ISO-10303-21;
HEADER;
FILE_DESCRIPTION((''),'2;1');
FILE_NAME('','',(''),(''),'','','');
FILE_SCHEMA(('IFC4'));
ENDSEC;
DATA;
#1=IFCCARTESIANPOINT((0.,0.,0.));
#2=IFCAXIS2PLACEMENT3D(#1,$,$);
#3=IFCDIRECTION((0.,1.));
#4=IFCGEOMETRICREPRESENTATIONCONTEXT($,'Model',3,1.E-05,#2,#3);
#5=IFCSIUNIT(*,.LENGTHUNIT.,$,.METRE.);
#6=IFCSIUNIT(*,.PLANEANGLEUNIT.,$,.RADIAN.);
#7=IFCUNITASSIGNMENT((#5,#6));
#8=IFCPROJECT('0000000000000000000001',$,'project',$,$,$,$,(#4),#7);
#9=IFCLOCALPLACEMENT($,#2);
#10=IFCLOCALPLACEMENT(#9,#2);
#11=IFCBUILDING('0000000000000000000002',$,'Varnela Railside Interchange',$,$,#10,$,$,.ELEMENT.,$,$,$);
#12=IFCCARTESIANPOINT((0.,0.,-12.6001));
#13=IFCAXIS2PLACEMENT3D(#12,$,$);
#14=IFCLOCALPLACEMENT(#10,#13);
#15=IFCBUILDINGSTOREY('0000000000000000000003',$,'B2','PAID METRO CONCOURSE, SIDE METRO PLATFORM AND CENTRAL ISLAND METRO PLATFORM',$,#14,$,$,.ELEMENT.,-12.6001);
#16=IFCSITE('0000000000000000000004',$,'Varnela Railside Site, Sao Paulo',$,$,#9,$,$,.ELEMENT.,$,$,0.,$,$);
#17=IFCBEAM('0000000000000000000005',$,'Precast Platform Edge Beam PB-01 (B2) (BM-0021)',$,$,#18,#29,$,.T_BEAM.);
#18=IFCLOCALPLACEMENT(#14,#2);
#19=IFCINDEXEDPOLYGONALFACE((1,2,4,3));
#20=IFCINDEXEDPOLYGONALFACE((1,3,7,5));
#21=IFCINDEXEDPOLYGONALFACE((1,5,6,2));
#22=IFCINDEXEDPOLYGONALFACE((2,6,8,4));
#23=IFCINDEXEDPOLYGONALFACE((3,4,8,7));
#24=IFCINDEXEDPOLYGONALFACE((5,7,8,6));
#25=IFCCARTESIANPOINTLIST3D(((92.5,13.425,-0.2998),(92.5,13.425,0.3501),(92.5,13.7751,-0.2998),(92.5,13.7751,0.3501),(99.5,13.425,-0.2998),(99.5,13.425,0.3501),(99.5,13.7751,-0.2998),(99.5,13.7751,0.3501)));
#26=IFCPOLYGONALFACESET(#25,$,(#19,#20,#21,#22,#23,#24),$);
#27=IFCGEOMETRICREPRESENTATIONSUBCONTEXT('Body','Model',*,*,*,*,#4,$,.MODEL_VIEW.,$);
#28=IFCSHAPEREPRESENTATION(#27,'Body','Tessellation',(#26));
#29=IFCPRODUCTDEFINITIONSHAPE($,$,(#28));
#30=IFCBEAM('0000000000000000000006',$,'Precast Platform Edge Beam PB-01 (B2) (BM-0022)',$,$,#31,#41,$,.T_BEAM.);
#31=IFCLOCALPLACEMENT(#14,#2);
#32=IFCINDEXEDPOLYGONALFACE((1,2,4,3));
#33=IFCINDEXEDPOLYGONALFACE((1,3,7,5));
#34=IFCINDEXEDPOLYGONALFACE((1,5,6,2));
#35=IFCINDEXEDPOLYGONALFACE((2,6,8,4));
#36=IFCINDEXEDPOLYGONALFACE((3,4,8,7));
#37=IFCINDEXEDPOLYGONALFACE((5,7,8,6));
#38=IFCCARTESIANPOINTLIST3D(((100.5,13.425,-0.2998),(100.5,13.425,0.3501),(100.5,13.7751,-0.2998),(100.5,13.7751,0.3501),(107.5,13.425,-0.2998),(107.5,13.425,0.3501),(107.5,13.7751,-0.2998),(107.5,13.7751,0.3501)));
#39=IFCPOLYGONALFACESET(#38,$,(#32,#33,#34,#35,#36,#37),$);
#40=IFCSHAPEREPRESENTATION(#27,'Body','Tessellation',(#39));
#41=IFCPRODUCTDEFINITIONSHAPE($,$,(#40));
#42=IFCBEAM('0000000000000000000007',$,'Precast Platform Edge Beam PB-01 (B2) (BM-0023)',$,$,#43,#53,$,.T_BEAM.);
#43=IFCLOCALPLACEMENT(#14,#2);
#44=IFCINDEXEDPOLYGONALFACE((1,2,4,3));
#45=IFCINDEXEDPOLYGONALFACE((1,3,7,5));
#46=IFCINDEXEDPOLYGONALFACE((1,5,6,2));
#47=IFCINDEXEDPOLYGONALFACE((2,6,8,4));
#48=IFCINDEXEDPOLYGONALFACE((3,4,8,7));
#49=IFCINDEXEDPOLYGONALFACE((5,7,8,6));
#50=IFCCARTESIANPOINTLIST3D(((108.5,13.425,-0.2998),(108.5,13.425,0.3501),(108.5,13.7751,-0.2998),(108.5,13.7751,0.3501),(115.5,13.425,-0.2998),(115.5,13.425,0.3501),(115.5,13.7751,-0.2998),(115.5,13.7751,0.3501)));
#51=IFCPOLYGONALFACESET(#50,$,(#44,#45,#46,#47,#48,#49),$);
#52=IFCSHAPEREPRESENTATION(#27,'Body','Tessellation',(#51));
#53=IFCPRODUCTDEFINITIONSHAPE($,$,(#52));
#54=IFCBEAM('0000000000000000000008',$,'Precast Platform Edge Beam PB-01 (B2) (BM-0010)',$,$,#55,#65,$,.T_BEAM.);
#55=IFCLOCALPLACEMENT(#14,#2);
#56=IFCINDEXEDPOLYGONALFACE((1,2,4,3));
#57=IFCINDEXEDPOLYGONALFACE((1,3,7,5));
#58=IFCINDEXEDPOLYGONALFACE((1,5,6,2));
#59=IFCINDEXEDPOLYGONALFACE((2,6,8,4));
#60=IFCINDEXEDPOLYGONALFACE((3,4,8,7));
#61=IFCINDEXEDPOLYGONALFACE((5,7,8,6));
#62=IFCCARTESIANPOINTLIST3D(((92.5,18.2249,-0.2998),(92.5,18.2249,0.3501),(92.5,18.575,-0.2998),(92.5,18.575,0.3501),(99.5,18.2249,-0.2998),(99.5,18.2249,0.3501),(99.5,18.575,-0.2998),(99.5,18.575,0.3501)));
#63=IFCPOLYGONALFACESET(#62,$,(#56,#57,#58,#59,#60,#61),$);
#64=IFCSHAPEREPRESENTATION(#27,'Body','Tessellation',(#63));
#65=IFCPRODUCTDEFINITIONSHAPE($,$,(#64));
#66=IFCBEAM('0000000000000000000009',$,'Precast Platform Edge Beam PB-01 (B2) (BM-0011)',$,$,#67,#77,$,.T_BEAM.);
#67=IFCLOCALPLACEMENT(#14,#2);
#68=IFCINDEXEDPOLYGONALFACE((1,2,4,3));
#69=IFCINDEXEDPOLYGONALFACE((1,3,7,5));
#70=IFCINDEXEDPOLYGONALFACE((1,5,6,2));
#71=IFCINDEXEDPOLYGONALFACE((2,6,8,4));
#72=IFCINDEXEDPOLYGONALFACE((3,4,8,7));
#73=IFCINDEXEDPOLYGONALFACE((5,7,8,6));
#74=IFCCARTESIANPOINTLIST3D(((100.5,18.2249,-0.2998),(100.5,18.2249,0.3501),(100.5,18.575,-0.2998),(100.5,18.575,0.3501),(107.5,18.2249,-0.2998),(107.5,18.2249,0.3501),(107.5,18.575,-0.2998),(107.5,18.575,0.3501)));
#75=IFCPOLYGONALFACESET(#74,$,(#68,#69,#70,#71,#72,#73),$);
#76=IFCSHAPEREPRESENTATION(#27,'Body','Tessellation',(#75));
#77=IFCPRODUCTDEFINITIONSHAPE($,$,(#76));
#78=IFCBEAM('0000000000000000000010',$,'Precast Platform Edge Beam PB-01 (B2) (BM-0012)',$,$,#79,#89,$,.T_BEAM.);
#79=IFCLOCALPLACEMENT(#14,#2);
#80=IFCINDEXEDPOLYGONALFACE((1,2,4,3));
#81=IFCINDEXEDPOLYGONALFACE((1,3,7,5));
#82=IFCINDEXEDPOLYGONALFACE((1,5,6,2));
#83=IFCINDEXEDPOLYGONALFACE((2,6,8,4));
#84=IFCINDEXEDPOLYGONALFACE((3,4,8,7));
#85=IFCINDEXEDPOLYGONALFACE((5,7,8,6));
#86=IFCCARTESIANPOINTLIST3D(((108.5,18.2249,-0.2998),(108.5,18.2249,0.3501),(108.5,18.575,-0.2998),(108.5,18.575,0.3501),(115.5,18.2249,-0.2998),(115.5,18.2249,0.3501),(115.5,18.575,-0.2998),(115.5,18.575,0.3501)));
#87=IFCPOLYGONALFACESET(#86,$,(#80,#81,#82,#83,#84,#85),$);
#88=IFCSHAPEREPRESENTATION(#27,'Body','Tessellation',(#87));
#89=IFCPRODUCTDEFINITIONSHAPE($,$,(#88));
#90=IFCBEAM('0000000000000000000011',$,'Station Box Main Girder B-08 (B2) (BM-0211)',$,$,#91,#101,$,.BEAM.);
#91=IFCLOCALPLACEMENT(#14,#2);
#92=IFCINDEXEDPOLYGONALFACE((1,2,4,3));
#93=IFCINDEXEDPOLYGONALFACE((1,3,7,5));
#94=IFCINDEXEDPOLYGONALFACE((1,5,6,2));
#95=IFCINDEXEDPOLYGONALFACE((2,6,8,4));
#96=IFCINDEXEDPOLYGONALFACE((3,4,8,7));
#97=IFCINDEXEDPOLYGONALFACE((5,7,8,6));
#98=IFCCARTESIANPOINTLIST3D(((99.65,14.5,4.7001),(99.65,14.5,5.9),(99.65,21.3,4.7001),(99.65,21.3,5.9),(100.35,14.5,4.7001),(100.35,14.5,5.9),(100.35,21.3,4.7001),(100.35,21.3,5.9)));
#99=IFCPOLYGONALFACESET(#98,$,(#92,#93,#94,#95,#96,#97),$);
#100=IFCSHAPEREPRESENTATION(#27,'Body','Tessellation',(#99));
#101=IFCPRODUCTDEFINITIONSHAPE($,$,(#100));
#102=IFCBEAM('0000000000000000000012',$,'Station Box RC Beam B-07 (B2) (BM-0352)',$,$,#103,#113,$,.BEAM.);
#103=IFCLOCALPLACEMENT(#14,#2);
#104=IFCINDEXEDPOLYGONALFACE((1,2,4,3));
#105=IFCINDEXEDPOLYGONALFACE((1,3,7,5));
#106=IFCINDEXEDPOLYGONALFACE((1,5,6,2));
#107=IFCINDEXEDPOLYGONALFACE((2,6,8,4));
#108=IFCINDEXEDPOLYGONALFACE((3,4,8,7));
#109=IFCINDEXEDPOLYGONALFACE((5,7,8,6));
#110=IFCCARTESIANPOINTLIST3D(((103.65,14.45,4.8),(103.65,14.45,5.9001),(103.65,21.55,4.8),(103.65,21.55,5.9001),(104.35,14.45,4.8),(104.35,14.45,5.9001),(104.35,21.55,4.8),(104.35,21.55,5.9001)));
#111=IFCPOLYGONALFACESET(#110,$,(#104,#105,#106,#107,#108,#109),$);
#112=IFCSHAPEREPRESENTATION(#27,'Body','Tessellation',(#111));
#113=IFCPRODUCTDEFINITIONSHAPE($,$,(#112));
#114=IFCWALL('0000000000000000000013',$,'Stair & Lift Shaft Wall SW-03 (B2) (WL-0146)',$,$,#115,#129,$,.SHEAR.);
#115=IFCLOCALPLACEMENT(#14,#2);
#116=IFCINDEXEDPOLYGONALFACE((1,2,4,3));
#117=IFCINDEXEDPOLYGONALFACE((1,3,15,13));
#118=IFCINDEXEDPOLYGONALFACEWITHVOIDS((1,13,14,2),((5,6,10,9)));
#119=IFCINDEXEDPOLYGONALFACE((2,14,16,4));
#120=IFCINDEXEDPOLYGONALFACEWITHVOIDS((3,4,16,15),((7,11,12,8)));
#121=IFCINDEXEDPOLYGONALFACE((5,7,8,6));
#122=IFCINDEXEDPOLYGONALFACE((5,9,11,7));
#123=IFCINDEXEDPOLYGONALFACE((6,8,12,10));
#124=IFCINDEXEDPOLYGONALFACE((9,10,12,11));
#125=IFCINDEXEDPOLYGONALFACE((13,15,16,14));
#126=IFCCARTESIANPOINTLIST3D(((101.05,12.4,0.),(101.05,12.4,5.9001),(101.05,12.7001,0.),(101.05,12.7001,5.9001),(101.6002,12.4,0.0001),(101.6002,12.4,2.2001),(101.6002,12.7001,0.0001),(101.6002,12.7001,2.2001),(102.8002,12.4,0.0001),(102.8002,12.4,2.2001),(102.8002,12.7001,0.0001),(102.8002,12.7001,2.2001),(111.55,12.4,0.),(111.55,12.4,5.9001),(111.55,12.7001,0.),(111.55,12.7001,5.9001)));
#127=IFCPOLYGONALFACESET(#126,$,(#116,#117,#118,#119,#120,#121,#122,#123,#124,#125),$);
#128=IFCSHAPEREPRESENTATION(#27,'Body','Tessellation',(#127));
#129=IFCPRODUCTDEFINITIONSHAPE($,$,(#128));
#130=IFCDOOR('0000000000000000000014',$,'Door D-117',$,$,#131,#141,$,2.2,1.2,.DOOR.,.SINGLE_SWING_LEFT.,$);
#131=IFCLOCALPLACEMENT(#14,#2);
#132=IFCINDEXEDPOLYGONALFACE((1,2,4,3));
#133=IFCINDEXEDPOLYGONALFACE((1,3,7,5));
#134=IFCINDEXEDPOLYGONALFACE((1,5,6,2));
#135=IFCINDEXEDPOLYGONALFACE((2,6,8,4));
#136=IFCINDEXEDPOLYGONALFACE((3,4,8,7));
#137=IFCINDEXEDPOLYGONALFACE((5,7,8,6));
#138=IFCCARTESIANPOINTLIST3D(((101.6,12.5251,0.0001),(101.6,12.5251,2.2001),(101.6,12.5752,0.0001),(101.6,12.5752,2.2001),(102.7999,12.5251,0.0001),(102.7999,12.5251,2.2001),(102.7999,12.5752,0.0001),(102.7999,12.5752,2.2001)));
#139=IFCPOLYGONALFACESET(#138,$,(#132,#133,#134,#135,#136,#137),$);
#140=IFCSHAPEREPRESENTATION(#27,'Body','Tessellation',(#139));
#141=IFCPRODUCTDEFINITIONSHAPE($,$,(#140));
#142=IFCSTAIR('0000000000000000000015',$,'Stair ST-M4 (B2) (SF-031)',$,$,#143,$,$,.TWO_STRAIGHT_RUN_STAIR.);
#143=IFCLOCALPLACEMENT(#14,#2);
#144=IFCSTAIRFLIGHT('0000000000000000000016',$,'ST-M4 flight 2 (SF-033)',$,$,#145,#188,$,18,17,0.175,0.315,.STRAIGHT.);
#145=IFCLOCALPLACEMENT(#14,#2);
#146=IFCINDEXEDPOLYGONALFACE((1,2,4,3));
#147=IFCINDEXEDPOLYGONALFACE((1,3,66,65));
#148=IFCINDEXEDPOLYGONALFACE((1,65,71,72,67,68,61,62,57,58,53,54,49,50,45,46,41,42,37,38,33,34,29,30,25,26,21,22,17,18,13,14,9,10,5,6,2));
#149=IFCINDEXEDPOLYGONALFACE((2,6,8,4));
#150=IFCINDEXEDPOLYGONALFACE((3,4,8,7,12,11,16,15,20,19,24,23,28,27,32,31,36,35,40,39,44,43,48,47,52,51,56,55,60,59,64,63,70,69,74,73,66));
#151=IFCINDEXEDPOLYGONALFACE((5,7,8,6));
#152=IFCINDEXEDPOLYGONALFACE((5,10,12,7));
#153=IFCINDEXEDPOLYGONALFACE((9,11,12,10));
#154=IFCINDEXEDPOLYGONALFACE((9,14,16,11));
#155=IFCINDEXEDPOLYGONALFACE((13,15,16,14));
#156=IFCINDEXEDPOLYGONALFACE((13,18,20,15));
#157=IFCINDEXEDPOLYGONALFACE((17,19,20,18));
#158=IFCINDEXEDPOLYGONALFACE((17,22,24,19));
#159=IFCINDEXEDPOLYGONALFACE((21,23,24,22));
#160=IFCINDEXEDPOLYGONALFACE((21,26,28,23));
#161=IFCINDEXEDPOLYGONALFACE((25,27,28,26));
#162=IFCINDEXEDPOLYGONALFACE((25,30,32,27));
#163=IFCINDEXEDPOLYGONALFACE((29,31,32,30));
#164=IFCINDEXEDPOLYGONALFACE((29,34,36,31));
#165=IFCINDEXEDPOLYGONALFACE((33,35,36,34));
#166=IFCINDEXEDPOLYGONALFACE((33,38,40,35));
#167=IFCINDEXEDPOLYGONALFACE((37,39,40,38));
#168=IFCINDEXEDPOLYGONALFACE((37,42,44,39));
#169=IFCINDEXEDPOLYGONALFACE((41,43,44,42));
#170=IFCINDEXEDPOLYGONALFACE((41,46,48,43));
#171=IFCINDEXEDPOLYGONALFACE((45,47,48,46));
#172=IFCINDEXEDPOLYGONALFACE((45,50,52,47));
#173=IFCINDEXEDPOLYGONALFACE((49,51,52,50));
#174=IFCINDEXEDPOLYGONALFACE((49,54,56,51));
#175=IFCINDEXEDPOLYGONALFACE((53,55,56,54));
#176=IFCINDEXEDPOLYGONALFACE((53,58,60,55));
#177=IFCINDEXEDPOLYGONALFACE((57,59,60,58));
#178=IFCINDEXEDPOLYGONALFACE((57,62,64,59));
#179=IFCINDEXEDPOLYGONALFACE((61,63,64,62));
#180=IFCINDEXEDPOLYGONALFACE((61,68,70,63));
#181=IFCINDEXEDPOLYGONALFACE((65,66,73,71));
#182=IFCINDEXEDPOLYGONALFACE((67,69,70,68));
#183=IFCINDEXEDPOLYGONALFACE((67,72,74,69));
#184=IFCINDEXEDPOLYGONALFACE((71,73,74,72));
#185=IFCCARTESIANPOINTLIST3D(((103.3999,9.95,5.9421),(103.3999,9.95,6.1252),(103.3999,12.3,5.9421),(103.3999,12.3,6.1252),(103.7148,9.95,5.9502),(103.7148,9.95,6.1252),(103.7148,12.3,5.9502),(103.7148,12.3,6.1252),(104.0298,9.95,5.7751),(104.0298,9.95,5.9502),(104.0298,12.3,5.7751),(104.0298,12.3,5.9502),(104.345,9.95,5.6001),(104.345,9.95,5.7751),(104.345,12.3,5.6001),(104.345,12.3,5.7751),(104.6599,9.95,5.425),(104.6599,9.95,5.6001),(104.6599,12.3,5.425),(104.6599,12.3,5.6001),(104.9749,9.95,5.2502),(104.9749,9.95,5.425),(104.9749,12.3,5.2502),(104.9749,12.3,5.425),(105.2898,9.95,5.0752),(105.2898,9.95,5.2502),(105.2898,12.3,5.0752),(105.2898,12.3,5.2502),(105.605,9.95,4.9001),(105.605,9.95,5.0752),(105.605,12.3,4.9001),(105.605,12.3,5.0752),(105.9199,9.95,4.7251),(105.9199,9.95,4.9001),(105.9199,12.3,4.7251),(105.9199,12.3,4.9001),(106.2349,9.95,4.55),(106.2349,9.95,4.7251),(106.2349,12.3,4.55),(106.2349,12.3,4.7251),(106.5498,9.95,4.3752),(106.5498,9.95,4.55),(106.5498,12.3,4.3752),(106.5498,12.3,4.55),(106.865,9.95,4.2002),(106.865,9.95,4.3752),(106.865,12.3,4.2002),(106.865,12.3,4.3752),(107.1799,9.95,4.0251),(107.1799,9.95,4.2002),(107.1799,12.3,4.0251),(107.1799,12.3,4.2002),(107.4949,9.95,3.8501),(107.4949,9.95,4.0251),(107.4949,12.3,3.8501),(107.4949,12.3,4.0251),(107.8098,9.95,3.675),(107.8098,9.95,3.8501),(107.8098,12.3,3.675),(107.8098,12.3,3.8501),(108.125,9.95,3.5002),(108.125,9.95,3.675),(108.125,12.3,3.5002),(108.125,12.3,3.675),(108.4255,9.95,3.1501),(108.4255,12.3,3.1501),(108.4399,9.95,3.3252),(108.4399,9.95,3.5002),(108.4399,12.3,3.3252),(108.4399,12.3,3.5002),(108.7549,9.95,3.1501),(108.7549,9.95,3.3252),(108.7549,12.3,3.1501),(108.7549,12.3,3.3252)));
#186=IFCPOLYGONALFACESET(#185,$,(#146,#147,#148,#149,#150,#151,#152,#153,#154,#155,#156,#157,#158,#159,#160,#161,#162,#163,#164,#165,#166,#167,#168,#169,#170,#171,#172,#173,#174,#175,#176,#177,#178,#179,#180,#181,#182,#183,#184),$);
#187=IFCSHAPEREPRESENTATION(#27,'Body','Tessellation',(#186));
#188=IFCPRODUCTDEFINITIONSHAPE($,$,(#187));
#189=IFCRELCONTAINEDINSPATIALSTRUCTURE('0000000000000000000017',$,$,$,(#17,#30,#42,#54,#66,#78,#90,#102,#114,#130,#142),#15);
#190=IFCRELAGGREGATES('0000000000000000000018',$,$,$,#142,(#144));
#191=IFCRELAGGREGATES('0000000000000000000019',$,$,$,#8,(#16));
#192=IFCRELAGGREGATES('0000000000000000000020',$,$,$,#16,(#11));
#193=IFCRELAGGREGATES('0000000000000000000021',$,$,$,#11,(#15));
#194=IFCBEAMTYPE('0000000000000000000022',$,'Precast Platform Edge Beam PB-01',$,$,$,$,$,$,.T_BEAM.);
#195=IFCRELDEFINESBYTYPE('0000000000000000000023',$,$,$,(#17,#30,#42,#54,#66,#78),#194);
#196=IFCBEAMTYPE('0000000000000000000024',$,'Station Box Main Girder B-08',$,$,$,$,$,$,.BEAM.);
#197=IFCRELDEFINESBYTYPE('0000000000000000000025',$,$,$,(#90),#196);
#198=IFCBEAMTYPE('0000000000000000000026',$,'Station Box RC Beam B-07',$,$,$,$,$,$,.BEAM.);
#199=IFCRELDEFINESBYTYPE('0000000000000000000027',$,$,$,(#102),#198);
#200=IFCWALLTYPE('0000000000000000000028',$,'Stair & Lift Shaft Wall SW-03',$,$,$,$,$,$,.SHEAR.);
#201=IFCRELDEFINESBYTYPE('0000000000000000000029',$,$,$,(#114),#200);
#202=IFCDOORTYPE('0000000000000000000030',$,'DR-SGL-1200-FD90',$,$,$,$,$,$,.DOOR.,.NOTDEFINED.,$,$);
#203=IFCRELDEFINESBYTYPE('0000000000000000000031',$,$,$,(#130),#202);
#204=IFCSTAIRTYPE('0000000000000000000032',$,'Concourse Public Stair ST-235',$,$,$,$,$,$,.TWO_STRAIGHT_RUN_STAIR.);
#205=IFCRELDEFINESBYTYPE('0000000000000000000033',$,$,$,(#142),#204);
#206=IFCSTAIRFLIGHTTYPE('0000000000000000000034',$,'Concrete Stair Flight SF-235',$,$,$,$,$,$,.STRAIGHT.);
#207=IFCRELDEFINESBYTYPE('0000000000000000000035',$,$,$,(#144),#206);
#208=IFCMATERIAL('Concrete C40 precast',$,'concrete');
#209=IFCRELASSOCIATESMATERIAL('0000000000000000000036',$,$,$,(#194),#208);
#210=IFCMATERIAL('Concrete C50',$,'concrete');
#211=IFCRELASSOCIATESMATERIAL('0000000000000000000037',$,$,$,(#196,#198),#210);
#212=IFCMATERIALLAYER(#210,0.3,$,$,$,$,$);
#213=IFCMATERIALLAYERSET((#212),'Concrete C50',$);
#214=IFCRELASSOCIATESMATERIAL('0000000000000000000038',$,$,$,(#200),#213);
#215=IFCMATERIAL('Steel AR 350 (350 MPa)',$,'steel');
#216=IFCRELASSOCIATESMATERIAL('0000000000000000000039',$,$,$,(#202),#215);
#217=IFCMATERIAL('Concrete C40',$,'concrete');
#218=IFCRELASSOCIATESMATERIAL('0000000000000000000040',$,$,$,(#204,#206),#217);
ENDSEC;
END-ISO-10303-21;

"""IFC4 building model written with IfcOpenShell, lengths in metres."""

from ifc_helpers import new_model, si_unit, direction, frame, frame_2d, origin, origin_2d, place, context, subcontext, project, spatial, polyline, rectangle, outline, extrude, material, layer, layer_set, material_profile, profile_set, type_object, element, fill, aggregate, save


model = new_model("IFC4")

# Units and contexts
model_context = context("Model", 3, precision=1e-05, world=origin(), true_north=direction((0.0, 1.0)))
body_context = subcontext(model_context, "Body", "Model", "MODEL_VIEW")
ifc_project = project(units=[si_unit("LENGTHUNIT", "METRE"), si_unit("PLANEANGLEUNIT", "RADIAN")], contexts=[model_context])

# Site, building, storey
site_placement = place(None, origin())
site = spatial("IfcSite", under=ifc_project, at=site_placement, Name="Varnela Railside Site, Sao Paulo", CompositionType="ELEMENT", RefElevation=0.0)
building_placement = place(site_placement, origin())
building = spatial("IfcBuilding", under=site, at=building_placement, Name="Varnela Railside Interchange", CompositionType="ELEMENT")
storey_placement = place(building_placement, frame((0.0, 0.0, -12.6001)))
storey = spatial("IfcBuildingStorey", under=building, at=storey_placement, Name="B2", Description="PAID METRO CONCOURSE, SIDE METRO PLATFORM AND CENTRAL ISLAND METRO PLATFORM", CompositionType="ELEMENT", Elevation=-12.6001)

# Shared definitions
ifc_material_1 = material(Name="Concrete C40", Category="concrete")

# Shared definitions
ifc_material_2 = material(Name="Concrete C50", Category="concrete")

# Beams
ifc_material_3 = material(Name="Concrete C40 precast", Category="concrete")
ifc_material_profile_1 = material_profile(ifc_material_3, rectangle(XDim=0.3501, YDim=0.6499, at=origin_2d()), Name="PC 350x650")
ifc_profile_set_1 = profile_set([ifc_material_profile_1], Name="Concrete C40 precast")
beam_type_1 = type_object("IfcBeamType", Name="Precast Platform Edge Beam PB-01", PredefinedType="T_BEAM", material=ifc_profile_set_1)
for number, where, z_axis, x_axis, name in (
    (1, (92.5, 13.6001, 0.0251), (1.0, 0.0, 0.0), (0.0, 1.0, 0.0), "Precast Platform Edge Beam PB-01 (B2) (BM-0021)"),
    (2, (100.5, 13.6001, 0.0251), (1.0, 0.0, 0.0), (0.0, 1.0, 0.0), "Precast Platform Edge Beam PB-01 (B2) (BM-0022)"),
    (3, (108.5, 13.6001, 0.0251), (1.0, 0.0, 0.0), (0.0, 1.0, 0.0), "Precast Platform Edge Beam PB-01 (B2) (BM-0023)"),
    (4, (92.5, 18.3999, 0.0251), (1.0, 0.0, 0.0), (0.0, 1.0, 0.0), "Precast Platform Edge Beam PB-01 (B2) (BM-0010)"),
    (5, (100.5, 18.3999, 0.0251), (1.0, 0.0, 0.0), (0.0, 1.0, 0.0), "Precast Platform Edge Beam PB-01 (B2) (BM-0011)"),
    (6, (108.5, 18.3999, 0.0251), (1.0, 0.0, 0.0), (0.0, 1.0, 0.0), "Precast Platform Edge Beam PB-01 (B2) (BM-0012)"),
):
    element("IfcBeam", number, at=place(storey_placement, frame(where, z_axis=z_axis, x_axis=x_axis)), inside=storey, type_object=beam_type_1, Name=name, PredefinedType="T_BEAM", context=body_context, shape_type="SweptSolid", body=[
        extrude(rectangle(XDim=0.3501, YDim=0.6499, at=origin_2d()), origin(), (0.0, 0.0, 1.0), 7.0),
    ])
ifc_material_profile_2 = material_profile(ifc_material_2, rectangle(XDim=0.7, YDim=1.2, at=origin_2d()), Name="RC 700x1200")
ifc_profile_set_2 = profile_set([ifc_material_profile_2], Name="Concrete C50")
beam_type_2 = type_object("IfcBeamType", Name="Station Box Main Girder B-08", PredefinedType="BEAM", material=ifc_profile_set_2)
beam_1_placement = place(storey_placement, frame((100.0, 14.5, 5.3), z_axis=(0.0, 1.0, 0.0), x_axis=(-1.0, 0.0, 0.0)))
element("IfcBeam", 7, at=beam_1_placement, inside=storey, type_object=beam_type_2, Name="Station Box Main Girder B-08 (B2) (BM-0211)", PredefinedType="BEAM", context=body_context, shape_type="SweptSolid", body=[
    extrude(rectangle(XDim=0.7, YDim=1.2, at=origin_2d()), origin(), (0.0, 0.0, 1.0), 6.8),
])
ifc_material_profile_3 = material_profile(ifc_material_2, rectangle(XDim=0.7, YDim=1.1001, at=origin_2d()), Name="RC 700x1100")
ifc_profile_set_3 = profile_set([ifc_material_profile_3], Name="Concrete C50")
beam_type_3 = type_object("IfcBeamType", Name="Station Box RC Beam B-07", PredefinedType="BEAM", material=ifc_profile_set_3)
beam_2_placement = place(storey_placement, frame((104.0, 14.45, 5.3501), z_axis=(0.0, 1.0, 0.0), x_axis=(-1.0, 0.0, 0.0)))
element("IfcBeam", 8, at=beam_2_placement, inside=storey, type_object=beam_type_3, Name="Station Box RC Beam B-07 (B2) (BM-0352)", PredefinedType="BEAM", context=body_context, shape_type="SweptSolid", body=[
    extrude(rectangle(XDim=0.7, YDim=1.1001, at=origin_2d()), origin(), (0.0, 0.0, 1.0), 7.1001),
])

# Wall, opening, door
ifc_layer = layer(ifc_material_2, 0.3)
ifc_layer_set = layer_set([ifc_layer], Name="Concrete C50")
wall_type = type_object("IfcWallType", Name="Stair & Lift Shaft Wall SW-03", PredefinedType="SHEAR", material=ifc_layer_set)
wall_placement = place(storey_placement, frame((101.05, 12.55, 0.0), z_axis=(0.0, 0.0, 1.0), x_axis=(1.0, 0.0, 0.0)))
wall = element("IfcWall", 9, at=wall_placement, inside=storey, type_object=wall_type, Name="Stair & Lift Shaft Wall SW-03 (B2) (WL-0146)", PredefinedType="SHEAR", context=body_context, shape_type="SweptSolid", body=[
    extrude(rectangle(XDim=10.5, YDim=0.3, at=frame_2d((5.25, 0.0))), origin(), (0.0, 0.0, 1.0), 5.9001),
])
opening_placement = place(wall_placement, frame((0.55, 0.0, 0.0)))
opening = element("IfcOpeningElement", 10, at=opening_placement, cuts=wall, PredefinedType="OPENING", context=body_context, shape_type="SweptSolid", body=[
    extrude(rectangle(XDim=1.2, YDim=2.2, at=frame_2d((0.6001, 1.1001))), frame((0.0, 0.1599, 0.0), z_axis=(0.0, -1.0, 0.0), x_axis=(1.0, 0.0, 0.0)), (0.0, 0.0, 1.0), 0.3201),
])
ifc_material_4 = material(Name="Steel AR 350 (350 MPa)", Category="steel")
door_type = type_object("IfcDoorType", Name="DR-SGL-1200-FD90", OperationType="NOTDEFINED", PredefinedType="DOOR", material=ifc_material_4)
door_placement = place(opening_placement, frame((1.2, 0.0, 0.0), z_axis=(0.0, 0.0, 1.0), x_axis=(-1.0, 0.0, 0.0)))
door = element("IfcDoor", 11, at=door_placement, inside=storey, type_object=door_type, Name="Door D-117", OperationType="SINGLE_SWING_LEFT", OverallHeight=2.2, OverallWidth=1.2, PredefinedType="DOOR", context=body_context, shape_type="SweptSolid", body=[
    extrude(rectangle(XDim=1.2, YDim=2.2, at=frame_2d((0.6001, 1.1001))), frame((0.0, 0.0249, 0.0), z_axis=(0.0, -1.0, 0.0), x_axis=(1.0, 0.0, 0.0)), (0.0, 0.0, 1.0), 0.05),
])
fill(opening, door)

# Stair, stair flight
stair_type = type_object("IfcStairType", Name="Concourse Public Stair ST-235", PredefinedType="TWO_STRAIGHT_RUN_STAIR", material=ifc_material_1)
stair_placement = place(storey_placement, origin())
stair = element("IfcStair", 12, at=stair_placement, inside=storey, type_object=stair_type, Name="Stair ST-M4 (B2) (SF-031)", PredefinedType="TWO_STRAIGHT_RUN_STAIR")
stair_flight_type = type_object("IfcStairFlightType", Name="Concrete Stair Flight SF-235", PredefinedType="STRAIGHT", material=ifc_material_1)
stair_flight_placement = place(storey_placement, frame((108.7549, 11.125, 3.1501), z_axis=(0.0, 0.0, 1.0), x_axis=(-1.0, 0.0, 0.0)))
stair_flight = element("IfcStairFlight", 13, at=stair_flight_placement, type_object=stair_flight_type, Name="ST-M4 flight 2 (SF-033)", NumberOfRisers=18, NumberOfTreads=17, PredefinedType="STRAIGHT", RiserHeight=0.175, TreadLength=0.315, context=body_context, shape_type="SweptSolid", body=[
    extrude(outline(polyline([(0.0, 0.0), (0.0, 0.175), (0.3149, 0.175), (0.3149, 0.3501), (0.6299, 0.3501), (0.6299, 0.5249), (0.9451, 0.5249), (0.9451, 0.7), (1.26, 0.7), (1.26, 0.875), (1.575, 0.875), (1.575, 1.05), (1.8899, 1.05), (1.8899, 1.2251), (2.2051, 1.2251), (2.2051, 1.3999), (2.52, 1.3999), (2.52, 1.575), (2.835, 1.575), (2.835, 1.75), (3.1499, 1.75), (3.1499, 1.925), (3.4651, 1.925), (3.4651, 2.1001), (3.78, 2.1001), (3.78, 2.2749), (4.095, 2.2749), (4.095, 2.45), (4.4099, 2.45), (4.4099, 2.625), (4.7251, 2.625), (4.7251, 2.8), (5.04, 2.8), (5.04, 2.9751), (5.355, 2.9751), (5.355, 3.1499), (5.355, 2.792), (0.3293, 0.0), (0.0, 0.0)])), frame((0.0, 1.175, 0.0), z_axis=(0.0, -1.0, 0.0), x_axis=(1.0, 0.0, 0.0)), (0.0, 0.0, 1.0), 2.3501),
])
aggregate(stair, [stair_flight])

save(model, "model.ifc")
